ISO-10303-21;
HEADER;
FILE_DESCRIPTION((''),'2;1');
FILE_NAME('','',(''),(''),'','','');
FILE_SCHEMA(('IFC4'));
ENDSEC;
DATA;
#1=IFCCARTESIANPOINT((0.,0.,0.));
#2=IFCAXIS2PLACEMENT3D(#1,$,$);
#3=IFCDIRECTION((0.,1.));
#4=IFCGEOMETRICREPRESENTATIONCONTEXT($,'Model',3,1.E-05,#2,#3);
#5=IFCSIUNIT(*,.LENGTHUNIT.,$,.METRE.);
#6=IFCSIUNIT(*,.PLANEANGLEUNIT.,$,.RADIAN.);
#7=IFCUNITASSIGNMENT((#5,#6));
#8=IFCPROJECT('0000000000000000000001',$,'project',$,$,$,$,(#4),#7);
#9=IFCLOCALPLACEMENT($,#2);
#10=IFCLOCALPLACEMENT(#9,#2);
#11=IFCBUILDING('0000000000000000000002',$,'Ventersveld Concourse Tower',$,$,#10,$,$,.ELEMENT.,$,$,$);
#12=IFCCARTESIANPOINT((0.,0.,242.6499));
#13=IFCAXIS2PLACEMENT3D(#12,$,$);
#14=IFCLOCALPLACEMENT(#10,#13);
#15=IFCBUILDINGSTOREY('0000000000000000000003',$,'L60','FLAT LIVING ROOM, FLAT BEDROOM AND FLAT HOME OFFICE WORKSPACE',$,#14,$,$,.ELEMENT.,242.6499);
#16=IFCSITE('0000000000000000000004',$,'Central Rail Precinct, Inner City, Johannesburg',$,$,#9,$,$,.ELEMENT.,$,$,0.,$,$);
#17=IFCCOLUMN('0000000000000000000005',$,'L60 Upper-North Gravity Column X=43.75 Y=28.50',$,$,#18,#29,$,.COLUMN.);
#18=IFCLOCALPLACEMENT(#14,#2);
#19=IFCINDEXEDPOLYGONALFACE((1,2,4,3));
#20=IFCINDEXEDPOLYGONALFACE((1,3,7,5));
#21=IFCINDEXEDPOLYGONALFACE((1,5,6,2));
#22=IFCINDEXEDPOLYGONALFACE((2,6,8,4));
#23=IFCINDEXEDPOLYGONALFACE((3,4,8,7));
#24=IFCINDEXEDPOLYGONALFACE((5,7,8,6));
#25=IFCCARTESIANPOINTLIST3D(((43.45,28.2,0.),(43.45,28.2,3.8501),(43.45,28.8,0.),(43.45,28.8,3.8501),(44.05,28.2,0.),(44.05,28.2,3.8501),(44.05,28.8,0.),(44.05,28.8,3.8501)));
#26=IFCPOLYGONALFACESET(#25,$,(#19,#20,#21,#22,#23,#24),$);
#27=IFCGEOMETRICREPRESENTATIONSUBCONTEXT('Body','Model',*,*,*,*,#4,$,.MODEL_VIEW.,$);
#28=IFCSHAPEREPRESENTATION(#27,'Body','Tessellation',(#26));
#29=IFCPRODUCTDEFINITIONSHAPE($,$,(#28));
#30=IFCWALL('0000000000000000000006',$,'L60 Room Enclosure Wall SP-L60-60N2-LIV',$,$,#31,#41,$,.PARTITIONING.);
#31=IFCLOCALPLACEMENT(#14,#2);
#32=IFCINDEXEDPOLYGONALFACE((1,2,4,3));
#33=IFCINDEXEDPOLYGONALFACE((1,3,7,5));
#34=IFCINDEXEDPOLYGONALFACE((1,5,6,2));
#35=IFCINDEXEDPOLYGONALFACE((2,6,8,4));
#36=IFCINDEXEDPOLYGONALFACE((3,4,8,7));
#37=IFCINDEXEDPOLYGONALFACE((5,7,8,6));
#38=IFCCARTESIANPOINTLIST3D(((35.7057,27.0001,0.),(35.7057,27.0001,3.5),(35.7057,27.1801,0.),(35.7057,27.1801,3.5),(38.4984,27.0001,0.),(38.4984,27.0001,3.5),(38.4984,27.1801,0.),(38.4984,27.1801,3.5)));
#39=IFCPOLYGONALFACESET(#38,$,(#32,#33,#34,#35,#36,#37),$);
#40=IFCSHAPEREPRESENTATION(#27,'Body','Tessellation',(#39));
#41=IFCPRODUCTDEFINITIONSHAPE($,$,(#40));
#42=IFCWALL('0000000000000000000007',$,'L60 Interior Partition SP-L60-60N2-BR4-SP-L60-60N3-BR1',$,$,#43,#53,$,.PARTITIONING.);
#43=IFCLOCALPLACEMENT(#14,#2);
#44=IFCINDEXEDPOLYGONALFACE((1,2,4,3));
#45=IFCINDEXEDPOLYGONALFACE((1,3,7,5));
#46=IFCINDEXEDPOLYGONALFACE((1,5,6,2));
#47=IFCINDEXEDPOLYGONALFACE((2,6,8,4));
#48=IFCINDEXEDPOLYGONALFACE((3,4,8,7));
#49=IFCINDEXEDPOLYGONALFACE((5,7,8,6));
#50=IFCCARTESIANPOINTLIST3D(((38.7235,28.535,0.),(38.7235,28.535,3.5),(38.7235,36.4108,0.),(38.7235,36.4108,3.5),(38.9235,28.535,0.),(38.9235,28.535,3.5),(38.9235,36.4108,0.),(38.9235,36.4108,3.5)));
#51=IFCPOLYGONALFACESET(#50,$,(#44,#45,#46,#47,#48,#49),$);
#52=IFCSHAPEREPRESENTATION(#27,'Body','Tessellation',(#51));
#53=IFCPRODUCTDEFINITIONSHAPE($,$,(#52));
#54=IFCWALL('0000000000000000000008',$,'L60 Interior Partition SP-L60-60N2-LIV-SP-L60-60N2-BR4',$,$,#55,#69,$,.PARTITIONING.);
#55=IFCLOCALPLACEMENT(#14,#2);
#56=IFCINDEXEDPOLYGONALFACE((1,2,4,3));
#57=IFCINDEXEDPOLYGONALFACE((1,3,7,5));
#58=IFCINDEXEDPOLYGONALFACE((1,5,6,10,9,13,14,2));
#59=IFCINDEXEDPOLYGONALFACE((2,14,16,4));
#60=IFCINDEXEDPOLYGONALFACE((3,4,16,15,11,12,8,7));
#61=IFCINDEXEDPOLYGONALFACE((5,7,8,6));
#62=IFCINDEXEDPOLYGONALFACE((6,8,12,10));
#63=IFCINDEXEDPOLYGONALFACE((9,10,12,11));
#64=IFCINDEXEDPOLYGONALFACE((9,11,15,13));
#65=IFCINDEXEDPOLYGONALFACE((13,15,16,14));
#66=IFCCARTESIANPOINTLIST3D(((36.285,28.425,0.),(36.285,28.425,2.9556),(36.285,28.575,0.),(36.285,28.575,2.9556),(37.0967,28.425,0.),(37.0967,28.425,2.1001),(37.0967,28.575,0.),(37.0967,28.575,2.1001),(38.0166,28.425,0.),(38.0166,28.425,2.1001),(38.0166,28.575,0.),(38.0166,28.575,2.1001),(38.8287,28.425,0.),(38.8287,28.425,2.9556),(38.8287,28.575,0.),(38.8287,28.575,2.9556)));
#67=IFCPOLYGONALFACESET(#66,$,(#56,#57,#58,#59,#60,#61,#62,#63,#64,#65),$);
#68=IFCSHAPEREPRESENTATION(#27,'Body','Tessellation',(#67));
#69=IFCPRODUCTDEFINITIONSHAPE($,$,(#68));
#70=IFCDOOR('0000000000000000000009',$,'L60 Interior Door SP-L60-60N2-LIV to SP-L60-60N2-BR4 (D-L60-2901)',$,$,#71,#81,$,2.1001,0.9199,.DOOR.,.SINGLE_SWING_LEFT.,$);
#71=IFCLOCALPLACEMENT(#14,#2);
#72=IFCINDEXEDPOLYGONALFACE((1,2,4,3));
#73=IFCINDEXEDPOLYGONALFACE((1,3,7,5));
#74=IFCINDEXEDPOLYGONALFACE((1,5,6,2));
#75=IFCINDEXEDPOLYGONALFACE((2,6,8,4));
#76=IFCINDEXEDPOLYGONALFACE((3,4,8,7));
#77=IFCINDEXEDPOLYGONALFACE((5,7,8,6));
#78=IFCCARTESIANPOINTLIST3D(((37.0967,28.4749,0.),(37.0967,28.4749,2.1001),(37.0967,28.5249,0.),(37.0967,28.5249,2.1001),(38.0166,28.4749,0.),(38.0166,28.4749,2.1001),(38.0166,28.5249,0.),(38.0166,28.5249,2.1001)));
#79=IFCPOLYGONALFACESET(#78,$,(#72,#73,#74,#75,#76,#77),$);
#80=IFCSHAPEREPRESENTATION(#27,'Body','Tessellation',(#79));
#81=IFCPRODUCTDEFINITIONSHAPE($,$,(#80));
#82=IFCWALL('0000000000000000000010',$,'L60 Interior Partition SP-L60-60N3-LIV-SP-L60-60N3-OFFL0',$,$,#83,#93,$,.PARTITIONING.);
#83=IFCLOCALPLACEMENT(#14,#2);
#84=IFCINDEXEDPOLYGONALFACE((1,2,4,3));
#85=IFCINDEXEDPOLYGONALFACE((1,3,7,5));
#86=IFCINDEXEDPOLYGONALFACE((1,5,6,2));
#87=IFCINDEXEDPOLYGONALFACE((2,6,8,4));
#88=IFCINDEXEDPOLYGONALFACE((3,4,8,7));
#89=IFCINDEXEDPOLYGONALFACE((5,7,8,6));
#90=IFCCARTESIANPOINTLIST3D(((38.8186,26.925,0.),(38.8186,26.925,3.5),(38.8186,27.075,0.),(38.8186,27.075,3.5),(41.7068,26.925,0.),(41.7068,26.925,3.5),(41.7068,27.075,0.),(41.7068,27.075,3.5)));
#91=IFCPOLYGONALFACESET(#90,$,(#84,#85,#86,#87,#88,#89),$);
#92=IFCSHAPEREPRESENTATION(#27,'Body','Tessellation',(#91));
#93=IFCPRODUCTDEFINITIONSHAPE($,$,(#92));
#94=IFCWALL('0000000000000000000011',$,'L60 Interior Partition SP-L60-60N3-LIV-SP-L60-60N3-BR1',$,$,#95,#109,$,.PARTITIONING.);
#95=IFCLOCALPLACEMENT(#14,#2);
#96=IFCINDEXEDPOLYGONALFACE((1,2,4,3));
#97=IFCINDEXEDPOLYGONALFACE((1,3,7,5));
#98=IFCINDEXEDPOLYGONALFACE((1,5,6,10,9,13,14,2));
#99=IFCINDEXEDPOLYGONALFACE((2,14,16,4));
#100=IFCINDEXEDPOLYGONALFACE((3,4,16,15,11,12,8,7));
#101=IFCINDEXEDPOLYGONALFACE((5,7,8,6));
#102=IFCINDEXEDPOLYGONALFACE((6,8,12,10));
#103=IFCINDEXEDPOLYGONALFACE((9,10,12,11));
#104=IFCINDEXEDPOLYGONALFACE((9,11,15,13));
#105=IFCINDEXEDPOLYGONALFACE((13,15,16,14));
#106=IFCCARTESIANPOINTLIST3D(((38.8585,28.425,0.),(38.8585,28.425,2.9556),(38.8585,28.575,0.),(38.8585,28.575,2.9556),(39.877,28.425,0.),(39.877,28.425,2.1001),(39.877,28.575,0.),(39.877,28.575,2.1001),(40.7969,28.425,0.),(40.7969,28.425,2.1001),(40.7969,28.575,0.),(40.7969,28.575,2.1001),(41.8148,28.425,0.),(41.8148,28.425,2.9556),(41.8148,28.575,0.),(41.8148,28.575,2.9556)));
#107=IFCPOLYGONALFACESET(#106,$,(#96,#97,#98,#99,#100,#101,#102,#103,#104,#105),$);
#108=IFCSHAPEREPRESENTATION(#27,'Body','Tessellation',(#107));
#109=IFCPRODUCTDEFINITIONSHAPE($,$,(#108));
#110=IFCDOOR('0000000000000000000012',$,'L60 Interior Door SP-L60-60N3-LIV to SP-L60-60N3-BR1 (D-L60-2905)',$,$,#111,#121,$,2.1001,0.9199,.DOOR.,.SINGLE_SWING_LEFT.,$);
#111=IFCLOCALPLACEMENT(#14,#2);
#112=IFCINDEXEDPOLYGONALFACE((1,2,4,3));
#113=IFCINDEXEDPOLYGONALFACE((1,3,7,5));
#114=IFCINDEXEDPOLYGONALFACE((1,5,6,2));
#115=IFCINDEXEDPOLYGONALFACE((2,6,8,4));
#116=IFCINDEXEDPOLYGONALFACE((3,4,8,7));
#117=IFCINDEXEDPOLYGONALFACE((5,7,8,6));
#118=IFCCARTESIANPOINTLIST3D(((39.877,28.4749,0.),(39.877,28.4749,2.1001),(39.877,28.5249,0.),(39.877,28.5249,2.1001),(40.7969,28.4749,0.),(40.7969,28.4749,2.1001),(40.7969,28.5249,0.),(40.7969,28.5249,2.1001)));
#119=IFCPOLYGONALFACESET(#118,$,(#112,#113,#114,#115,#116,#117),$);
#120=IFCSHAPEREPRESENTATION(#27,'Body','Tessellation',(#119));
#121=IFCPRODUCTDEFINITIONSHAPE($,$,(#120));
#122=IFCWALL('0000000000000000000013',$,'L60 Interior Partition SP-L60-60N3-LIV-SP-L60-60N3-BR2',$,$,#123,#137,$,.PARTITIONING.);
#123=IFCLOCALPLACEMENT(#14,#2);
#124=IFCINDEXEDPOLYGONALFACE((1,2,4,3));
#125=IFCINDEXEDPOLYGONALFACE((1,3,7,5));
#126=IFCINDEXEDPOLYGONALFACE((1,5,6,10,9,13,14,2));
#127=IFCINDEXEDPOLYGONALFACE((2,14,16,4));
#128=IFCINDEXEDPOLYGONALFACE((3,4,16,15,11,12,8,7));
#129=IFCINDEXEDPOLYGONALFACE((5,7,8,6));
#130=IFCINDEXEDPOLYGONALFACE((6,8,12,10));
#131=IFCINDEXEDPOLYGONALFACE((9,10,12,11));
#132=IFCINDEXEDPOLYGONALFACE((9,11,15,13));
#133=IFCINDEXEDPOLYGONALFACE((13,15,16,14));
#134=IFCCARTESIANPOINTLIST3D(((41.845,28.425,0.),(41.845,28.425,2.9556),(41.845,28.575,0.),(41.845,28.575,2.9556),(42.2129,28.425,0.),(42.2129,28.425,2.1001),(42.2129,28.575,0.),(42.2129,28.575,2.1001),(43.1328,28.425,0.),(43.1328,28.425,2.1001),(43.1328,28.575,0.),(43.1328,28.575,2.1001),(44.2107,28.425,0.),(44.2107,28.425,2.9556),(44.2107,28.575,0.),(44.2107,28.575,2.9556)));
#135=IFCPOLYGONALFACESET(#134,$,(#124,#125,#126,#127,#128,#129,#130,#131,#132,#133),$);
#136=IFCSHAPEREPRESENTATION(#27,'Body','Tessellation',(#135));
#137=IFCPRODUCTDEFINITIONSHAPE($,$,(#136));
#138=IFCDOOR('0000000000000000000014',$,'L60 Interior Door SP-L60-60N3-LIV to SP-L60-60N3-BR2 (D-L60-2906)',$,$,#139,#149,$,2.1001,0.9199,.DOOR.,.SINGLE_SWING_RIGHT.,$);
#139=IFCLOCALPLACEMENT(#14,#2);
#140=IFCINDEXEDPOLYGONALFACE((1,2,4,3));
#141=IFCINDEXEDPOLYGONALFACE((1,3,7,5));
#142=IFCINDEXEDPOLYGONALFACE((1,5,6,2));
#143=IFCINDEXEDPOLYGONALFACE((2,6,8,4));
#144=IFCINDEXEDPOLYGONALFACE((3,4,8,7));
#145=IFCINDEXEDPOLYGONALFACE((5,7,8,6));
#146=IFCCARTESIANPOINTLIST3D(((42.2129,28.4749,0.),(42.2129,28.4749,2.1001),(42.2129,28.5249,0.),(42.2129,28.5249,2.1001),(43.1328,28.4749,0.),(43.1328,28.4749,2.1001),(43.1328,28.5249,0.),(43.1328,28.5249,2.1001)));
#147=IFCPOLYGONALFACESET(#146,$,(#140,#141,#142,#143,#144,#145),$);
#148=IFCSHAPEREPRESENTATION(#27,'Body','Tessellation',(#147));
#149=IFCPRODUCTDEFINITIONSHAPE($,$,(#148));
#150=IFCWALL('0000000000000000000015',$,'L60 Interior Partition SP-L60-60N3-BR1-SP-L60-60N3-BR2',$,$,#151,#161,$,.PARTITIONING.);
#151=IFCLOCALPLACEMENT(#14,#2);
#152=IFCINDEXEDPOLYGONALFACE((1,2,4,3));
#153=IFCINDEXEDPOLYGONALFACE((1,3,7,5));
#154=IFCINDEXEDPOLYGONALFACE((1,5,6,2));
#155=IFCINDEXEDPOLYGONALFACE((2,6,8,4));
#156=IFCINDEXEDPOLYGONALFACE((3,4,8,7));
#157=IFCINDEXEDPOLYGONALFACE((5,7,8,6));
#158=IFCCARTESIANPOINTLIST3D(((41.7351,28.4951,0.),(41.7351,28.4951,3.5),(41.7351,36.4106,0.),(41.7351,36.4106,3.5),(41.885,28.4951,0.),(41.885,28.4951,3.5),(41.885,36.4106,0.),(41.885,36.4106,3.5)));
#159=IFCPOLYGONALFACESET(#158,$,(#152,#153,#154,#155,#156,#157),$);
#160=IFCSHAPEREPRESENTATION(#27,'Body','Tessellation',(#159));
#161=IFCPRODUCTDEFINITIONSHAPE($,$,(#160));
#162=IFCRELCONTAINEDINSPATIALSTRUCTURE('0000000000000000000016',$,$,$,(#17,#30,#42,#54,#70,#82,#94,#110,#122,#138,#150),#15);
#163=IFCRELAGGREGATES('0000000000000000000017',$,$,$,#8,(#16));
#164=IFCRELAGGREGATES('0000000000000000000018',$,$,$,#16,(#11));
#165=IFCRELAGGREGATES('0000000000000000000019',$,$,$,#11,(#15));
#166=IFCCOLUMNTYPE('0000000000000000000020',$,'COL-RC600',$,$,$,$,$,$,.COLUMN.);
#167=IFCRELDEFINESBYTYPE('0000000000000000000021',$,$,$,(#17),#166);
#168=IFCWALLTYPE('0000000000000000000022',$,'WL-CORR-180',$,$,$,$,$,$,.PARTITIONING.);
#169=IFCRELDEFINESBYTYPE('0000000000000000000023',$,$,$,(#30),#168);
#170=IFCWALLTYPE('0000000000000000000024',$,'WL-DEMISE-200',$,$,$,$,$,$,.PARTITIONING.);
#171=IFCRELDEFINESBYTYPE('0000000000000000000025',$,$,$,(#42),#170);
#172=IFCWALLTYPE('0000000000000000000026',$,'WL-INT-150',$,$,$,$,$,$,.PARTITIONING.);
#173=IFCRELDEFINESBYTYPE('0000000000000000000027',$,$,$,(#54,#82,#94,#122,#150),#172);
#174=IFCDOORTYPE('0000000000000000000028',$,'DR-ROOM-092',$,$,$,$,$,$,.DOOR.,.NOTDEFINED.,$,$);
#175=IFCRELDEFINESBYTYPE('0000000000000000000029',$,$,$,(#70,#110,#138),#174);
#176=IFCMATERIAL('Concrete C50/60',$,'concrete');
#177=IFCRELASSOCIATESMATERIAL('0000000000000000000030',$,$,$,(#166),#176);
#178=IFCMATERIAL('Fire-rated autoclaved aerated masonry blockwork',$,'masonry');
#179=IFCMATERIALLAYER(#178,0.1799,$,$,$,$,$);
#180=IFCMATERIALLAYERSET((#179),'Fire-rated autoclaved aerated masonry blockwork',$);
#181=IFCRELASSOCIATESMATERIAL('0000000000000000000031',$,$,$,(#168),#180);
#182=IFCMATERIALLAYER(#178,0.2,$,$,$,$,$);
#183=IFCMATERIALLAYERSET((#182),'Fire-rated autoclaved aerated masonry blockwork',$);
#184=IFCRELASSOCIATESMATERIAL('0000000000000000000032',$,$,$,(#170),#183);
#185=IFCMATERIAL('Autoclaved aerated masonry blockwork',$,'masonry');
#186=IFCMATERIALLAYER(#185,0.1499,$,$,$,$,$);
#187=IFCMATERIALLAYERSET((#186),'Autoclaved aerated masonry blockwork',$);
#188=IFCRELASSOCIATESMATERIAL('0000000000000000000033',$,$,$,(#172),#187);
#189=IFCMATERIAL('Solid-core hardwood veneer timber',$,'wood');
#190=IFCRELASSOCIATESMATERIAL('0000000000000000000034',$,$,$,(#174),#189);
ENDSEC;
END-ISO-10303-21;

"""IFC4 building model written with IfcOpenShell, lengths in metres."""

from ifc_helpers import new_model, si_unit, direction, frame, frame_2d, origin, origin_2d, place, context, subcontext, project, spatial, rectangle, extrude, material, layer, layer_set, material_profile, profile_set, type_object, element, fill, save


model = new_model("IFC4")

# Units and contexts
model_context = context("Model", 3, precision=1e-05, world=origin(), true_north=direction((0.0, 1.0)))
body_context = subcontext(model_context, "Body", "Model", "MODEL_VIEW")
ifc_project = project(units=[si_unit("LENGTHUNIT", "METRE"), si_unit("PLANEANGLEUNIT", "RADIAN")], contexts=[model_context])

# Site, building, storey
site_placement = place(None, origin())
site = spatial("IfcSite", under=ifc_project, at=site_placement, Name="Central Rail Precinct, Inner City, Johannesburg", CompositionType="ELEMENT", RefElevation=0.0)
building_placement = place(site_placement, origin())
building = spatial("IfcBuilding", under=site, at=building_placement, Name="Ventersveld Concourse Tower", CompositionType="ELEMENT")
storey_placement = place(building_placement, frame((0.0, 0.0, 242.6499)))
storey = spatial("IfcBuildingStorey", under=building, at=storey_placement, Name="L60", Description="FLAT LIVING ROOM, FLAT BEDROOM AND FLAT HOME OFFICE WORKSPACE", CompositionType="ELEMENT", Elevation=242.6499)

# Column
ifc_material_1 = material(Name="Concrete C50/60", Category="concrete")
ifc_material_profile = material_profile(ifc_material_1, rectangle(XDim=0.6001, YDim=0.6001, at=origin_2d()), Name="RC 600x600")
ifc_profile_set = profile_set([ifc_material_profile], Name="Concrete C50/60")
column_type = type_object("IfcColumnType", Name="COL-RC600", PredefinedType="COLUMN", material=ifc_profile_set)
column_placement = place(storey_placement, frame((43.75, 28.5, 0.0), z_axis=(0.0, 0.0, 1.0), x_axis=(1.0, 0.0, 0.0)))
element("IfcColumn", 1, at=column_placement, inside=storey, type_object=column_type, Name="L60 Upper-North Gravity Column X=43.75 Y=28.50", PredefinedType="COLUMN", context=body_context, shape_type="SweptSolid", body=[
    extrude(rectangle(XDim=0.6001, YDim=0.6001, at=origin_2d()), origin(), (0.0, 0.0, 1.0), 3.8501),
])

# Walls
ifc_material_2 = material(Name="Fire-rated autoclaved aerated masonry blockwork", Category="masonry")
ifc_layer_1 = layer(ifc_material_2, 0.1799)
ifc_layer_set_1 = layer_set([ifc_layer_1], Name="Fire-rated autoclaved aerated masonry blockwork")
wall_type_1 = type_object("IfcWallType", Name="WL-CORR-180", PredefinedType="PARTITIONING", material=ifc_layer_set_1)
wall_1_placement = place(storey_placement, frame((38.4985, 27.0901, 0.0), z_axis=(0.0, 0.0, 1.0), x_axis=(-1.0, 0.0, 0.0)))
element("IfcWall", 2, at=wall_1_placement, inside=storey, type_object=wall_type_1, Name="L60 Room Enclosure Wall SP-L60-60N2-LIV", PredefinedType="PARTITIONING", context=body_context, shape_type="SweptSolid", body=[
    extrude(rectangle(XDim=2.7927, YDim=0.1799, at=frame_2d((1.3965, 0.0))), origin(), (0.0, 0.0, 1.0), 3.5),
])
ifc_layer_2 = layer(ifc_material_2, 0.2)
ifc_layer_set_2 = layer_set([ifc_layer_2], Name="Fire-rated autoclaved aerated masonry blockwork")
wall_type_2 = type_object("IfcWallType", Name="WL-DEMISE-200", PredefinedType="PARTITIONING", material=ifc_layer_set_2)
wall_2_placement = place(storey_placement, frame((38.8235, 28.5349, 0.0), z_axis=(0.0, 0.0, 1.0), x_axis=(0.0, 1.0, 0.0)))
element("IfcWall", 3, at=wall_2_placement, inside=storey, type_object=wall_type_2, Name="L60 Interior Partition SP-L60-60N2-BR4-SP-L60-60N3-BR1", PredefinedType="PARTITIONING", context=body_context, shape_type="SweptSolid", body=[
    extrude(rectangle(XDim=7.8757, YDim=0.2, at=frame_2d((3.938, 0.0))), origin(), (0.0, 0.0, 1.0), 3.5),
])

# Wall, opening, door
ifc_material_3 = material(Name="Autoclaved aerated masonry blockwork", Category="masonry")
ifc_layer_3 = layer(ifc_material_3, 0.1499)
ifc_layer_set_3 = layer_set([ifc_layer_3], Name="Autoclaved aerated masonry blockwork")
wall_type_3 = type_object("IfcWallType", Name="WL-INT-150", PredefinedType="PARTITIONING", material=ifc_layer_set_3)
wall_3_placement = place(storey_placement, frame((36.2849, 28.5, 0.0), z_axis=(0.0, 0.0, 1.0), x_axis=(1.0, 0.0, 0.0)))
wall_3 = element("IfcWall", 4, at=wall_3_placement, inside=storey, type_object=wall_type_3, Name="L60 Interior Partition SP-L60-60N2-LIV-SP-L60-60N2-BR4", PredefinedType="PARTITIONING", context=body_context, shape_type="SweptSolid", body=[
    extrude(rectangle(XDim=2.5437, YDim=0.1499, at=frame_2d((1.272, 0.0))), origin(), (0.0, 0.0, 1.0), 2.9556),
])
opening_1_placement = place(wall_3_placement, frame((0.8118, 0.0, 0.0)))
opening_1 = element("IfcOpeningElement", 5, at=opening_1_placement, cuts=wall_3, PredefinedType="OPENING", context=body_context, shape_type="SweptSolid", body=[
    extrude(rectangle(XDim=0.9199, YDim=2.1001, at=frame_2d((0.46, 1.05))), frame((0.0, 0.085, 0.0), z_axis=(0.0, -1.0, 0.0), x_axis=(1.0, 0.0, 0.0)), (0.0, 0.0, 1.0), 0.1699),
])
ifc_material_4 = material(Name="Solid-core hardwood veneer timber", Category="wood")
door_type = type_object("IfcDoorType", Name="DR-ROOM-092", OperationType="NOTDEFINED", PredefinedType="DOOR", material=ifc_material_4)
door_1_placement = place(opening_1_placement, origin())
door_1 = element("IfcDoor", 6, at=door_1_placement, inside=storey, type_object=door_type, Name="L60 Interior Door SP-L60-60N2-LIV to SP-L60-60N2-BR4 (D-L60-2901)", OperationType="SINGLE_SWING_LEFT", OverallHeight=2.1001, OverallWidth=0.9199, PredefinedType="DOOR", context=body_context, shape_type="SweptSolid", body=[
    extrude(rectangle(XDim=0.9199, YDim=2.1001, at=frame_2d((0.46, 1.05))), frame((0.0, 0.0249, 0.0), z_axis=(0.0, -1.0, 0.0), x_axis=(1.0, 0.0, 0.0)), (0.0, 0.0, 1.0), 0.05),
])
fill(opening_1, door_1)

# Wall
wall_4_placement = place(storey_placement, frame((38.8186, 27.0, 0.0), z_axis=(0.0, 0.0, 1.0), x_axis=(1.0, 0.0, 0.0)))
element("IfcWall", 7, at=wall_4_placement, inside=storey, type_object=wall_type_3, Name="L60 Interior Partition SP-L60-60N3-LIV-SP-L60-60N3-OFFL0", PredefinedType="PARTITIONING", context=body_context, shape_type="SweptSolid", body=[
    extrude(rectangle(XDim=2.8882, YDim=0.1499, at=frame_2d((1.4441, 0.0))), origin(), (0.0, 0.0, 1.0), 3.5),
])

# Walls, openings, doors
wall_5_placement = place(storey_placement, frame((38.8586, 28.5, 0.0), z_axis=(0.0, 0.0, 1.0), x_axis=(1.0, 0.0, 0.0)))
wall_5 = element("IfcWall", 8, at=wall_5_placement, inside=storey, type_object=wall_type_3, Name="L60 Interior Partition SP-L60-60N3-LIV-SP-L60-60N3-BR1", PredefinedType="PARTITIONING", context=body_context, shape_type="SweptSolid", body=[
    extrude(rectangle(XDim=2.9563, YDim=0.1499, at=frame_2d((1.478, 0.0))), origin(), (0.0, 0.0, 1.0), 2.9556),
])
opening_2_placement = place(wall_5_placement, frame((1.0183, 0.0, 0.0)))
opening_2 = element("IfcOpeningElement", 9, at=opening_2_placement, cuts=wall_5, PredefinedType="OPENING", context=body_context, shape_type="SweptSolid", body=[
    extrude(rectangle(XDim=0.9199, YDim=2.1001, at=frame_2d((0.46, 1.05))), frame((0.0, 0.085, 0.0), z_axis=(0.0, -1.0, 0.0), x_axis=(1.0, 0.0, 0.0)), (0.0, 0.0, 1.0), 0.1699),
])
door_2_placement = place(opening_2_placement, origin())
door_2 = element("IfcDoor", 10, at=door_2_placement, inside=storey, type_object=door_type, Name="L60 Interior Door SP-L60-60N3-LIV to SP-L60-60N3-BR1 (D-L60-2905)", OperationType="SINGLE_SWING_LEFT", OverallHeight=2.1001, OverallWidth=0.9199, PredefinedType="DOOR", context=body_context, shape_type="SweptSolid", body=[
    extrude(rectangle(XDim=0.9199, YDim=2.1001, at=frame_2d((0.46, 1.05))), frame((0.0, 0.0249, 0.0), z_axis=(0.0, -1.0, 0.0), x_axis=(1.0, 0.0, 0.0)), (0.0, 0.0, 1.0), 0.05),
])
fill(opening_2, door_2)
wall_6_placement = place(storey_placement, frame((41.845, 28.5, 0.0), z_axis=(0.0, 0.0, 1.0), x_axis=(1.0, 0.0, 0.0)))
wall_6 = element("IfcWall", 11, at=wall_6_placement, inside=storey, type_object=wall_type_3, Name="L60 Interior Partition SP-L60-60N3-LIV-SP-L60-60N3-BR2", PredefinedType="PARTITIONING", context=body_context, shape_type="SweptSolid", body=[
    extrude(rectangle(XDim=2.3657, YDim=0.1499, at=frame_2d((1.1829, 0.0))), origin(), (0.0, 0.0, 1.0), 2.9556),
])
opening_3_placement = place(wall_6_placement, frame((0.3679, 0.0, 0.0)))
opening_3 = element("IfcOpeningElement", 12, at=opening_3_placement, cuts=wall_6, PredefinedType="OPENING", context=body_context, shape_type="SweptSolid", body=[
    extrude(rectangle(XDim=0.9199, YDim=2.1001, at=frame_2d((0.46, 1.05))), frame((0.0, 0.085, 0.0), z_axis=(0.0, -1.0, 0.0), x_axis=(1.0, 0.0, 0.0)), (0.0, 0.0, 1.0), 0.1699),
])
door_3_placement = place(opening_3_placement, origin())
door_3 = element("IfcDoor", 13, at=door_3_placement, inside=storey, type_object=door_type, Name="L60 Interior Door SP-L60-60N3-LIV to SP-L60-60N3-BR2 (D-L60-2906)", OperationType="SINGLE_SWING_RIGHT", OverallHeight=2.1001, OverallWidth=0.9199, PredefinedType="DOOR", context=body_context, shape_type="SweptSolid", body=[
    extrude(rectangle(XDim=0.9199, YDim=2.1001, at=frame_2d((0.46, 1.05))), frame((0.0, 0.0249, 0.0), z_axis=(0.0, -1.0, 0.0), x_axis=(1.0, 0.0, 0.0)), (0.0, 0.0, 1.0), 0.05),
])
fill(opening_3, door_3)

# Wall
wall_7_placement = place(storey_placement, frame((41.8101, 28.4951, 0.0), z_axis=(0.0, 0.0, 1.0), x_axis=(0.0, 1.0, 0.0)))
element("IfcWall", 14, at=wall_7_placement, inside=storey, type_object=wall_type_3, Name="L60 Interior Partition SP-L60-60N3-BR1-SP-L60-60N3-BR2", PredefinedType="PARTITIONING", context=body_context, shape_type="SweptSolid", body=[
    extrude(rectangle(XDim=7.9155, YDim=0.1499, at=frame_2d((3.9578, 0.0))), origin(), (0.0, 0.0, 1.0), 3.5),
])

save(model, "model.ifc")
